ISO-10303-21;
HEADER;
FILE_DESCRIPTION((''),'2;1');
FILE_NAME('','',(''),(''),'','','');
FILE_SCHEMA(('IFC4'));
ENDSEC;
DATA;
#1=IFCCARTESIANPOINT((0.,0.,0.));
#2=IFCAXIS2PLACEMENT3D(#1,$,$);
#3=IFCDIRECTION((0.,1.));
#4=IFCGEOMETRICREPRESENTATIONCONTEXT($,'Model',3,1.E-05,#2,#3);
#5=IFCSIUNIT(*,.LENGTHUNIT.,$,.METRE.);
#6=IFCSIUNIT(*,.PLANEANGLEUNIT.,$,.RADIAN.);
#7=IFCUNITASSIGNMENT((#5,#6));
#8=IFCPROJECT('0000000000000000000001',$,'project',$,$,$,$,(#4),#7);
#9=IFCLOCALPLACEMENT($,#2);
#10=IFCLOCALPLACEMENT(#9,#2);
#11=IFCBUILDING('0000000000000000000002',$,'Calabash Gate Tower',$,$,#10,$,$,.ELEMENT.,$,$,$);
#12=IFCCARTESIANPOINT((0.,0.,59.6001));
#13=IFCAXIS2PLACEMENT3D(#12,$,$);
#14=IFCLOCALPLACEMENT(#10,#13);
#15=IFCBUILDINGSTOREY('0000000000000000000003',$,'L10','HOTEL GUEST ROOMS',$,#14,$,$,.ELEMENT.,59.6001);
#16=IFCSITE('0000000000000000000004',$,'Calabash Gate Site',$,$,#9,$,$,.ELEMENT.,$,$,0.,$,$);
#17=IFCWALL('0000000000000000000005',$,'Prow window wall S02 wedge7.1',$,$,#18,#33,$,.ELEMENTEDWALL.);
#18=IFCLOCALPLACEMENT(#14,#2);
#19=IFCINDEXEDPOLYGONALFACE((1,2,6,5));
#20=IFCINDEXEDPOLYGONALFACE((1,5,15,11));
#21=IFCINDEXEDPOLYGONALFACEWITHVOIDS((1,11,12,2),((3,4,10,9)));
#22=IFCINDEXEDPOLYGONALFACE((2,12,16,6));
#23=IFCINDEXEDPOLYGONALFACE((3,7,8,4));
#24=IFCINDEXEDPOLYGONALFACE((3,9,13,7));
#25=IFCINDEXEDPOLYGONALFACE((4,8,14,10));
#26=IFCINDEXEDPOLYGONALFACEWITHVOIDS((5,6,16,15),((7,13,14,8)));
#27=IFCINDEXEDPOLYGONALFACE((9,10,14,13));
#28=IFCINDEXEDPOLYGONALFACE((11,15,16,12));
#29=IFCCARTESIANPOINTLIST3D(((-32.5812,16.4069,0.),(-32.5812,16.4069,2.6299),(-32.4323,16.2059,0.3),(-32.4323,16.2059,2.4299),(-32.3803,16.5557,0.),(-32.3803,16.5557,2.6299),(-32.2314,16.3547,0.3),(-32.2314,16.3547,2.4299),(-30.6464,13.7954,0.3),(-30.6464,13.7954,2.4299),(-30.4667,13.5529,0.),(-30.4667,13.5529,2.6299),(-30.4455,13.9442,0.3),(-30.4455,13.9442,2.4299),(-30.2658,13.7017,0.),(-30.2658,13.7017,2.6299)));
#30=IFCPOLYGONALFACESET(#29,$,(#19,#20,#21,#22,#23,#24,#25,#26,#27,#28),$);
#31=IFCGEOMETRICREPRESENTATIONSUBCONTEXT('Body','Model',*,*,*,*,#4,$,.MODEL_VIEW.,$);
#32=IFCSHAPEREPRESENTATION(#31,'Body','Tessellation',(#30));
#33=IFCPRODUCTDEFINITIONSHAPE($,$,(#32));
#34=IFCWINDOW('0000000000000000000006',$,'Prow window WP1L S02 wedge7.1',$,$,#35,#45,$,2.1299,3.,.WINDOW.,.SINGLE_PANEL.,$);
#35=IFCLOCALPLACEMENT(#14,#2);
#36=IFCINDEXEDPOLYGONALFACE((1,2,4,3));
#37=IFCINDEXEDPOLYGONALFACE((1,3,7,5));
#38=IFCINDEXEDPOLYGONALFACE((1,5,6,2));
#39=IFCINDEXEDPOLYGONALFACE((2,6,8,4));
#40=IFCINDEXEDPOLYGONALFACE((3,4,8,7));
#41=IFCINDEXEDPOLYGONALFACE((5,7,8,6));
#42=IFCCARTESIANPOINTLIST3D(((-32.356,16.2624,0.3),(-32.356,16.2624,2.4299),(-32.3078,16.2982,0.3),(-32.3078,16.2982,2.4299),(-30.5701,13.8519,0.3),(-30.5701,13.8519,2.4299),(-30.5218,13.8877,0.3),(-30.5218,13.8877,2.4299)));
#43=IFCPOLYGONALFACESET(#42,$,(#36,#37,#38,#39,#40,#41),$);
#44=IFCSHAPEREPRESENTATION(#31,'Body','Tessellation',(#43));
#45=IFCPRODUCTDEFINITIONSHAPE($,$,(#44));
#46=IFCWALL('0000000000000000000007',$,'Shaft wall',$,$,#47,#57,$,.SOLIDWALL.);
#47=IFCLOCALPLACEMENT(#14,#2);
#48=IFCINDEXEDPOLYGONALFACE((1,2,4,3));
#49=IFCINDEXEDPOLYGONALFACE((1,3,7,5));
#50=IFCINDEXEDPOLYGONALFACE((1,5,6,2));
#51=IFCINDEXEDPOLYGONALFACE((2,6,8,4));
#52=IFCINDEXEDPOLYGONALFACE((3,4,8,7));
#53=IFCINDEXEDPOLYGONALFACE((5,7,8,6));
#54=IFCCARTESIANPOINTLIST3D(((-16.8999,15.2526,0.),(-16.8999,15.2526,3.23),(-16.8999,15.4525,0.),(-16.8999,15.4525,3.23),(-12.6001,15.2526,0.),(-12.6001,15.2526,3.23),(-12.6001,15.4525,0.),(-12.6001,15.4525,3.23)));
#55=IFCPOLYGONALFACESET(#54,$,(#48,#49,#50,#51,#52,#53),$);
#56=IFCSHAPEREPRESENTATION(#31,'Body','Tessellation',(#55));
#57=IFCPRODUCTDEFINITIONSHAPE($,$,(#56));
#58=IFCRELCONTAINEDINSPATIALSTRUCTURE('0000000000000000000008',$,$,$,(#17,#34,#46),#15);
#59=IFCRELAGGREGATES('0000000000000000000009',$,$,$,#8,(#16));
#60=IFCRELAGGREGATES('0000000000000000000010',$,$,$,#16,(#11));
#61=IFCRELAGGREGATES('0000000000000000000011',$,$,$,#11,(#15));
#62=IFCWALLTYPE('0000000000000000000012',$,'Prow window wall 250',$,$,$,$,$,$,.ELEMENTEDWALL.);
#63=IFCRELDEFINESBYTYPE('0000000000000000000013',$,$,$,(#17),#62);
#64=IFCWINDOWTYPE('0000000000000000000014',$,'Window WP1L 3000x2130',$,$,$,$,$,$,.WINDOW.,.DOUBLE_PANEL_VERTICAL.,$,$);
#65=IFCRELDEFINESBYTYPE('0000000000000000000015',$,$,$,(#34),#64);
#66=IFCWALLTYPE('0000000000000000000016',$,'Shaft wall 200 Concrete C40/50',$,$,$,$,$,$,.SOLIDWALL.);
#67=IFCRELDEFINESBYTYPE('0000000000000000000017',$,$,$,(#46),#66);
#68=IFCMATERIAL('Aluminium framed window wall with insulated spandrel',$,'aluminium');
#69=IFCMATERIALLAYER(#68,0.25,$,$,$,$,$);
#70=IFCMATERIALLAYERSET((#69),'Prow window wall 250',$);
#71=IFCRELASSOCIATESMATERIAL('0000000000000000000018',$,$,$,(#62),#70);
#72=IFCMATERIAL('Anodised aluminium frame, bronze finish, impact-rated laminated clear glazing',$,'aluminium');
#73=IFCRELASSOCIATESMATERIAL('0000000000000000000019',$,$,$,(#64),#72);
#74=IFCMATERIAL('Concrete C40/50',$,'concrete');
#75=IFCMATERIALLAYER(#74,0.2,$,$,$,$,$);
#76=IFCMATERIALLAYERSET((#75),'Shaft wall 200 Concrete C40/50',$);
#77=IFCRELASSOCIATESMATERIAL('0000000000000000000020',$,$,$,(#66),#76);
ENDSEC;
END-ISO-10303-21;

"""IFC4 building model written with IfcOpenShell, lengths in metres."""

from ifc_helpers import new_model, si_unit, direction, frame, frame_2d, origin, place, context, subcontext, project, spatial, rectangle, extrude, material, layer, layer_set, type_object, element, fill, save


model = new_model("IFC4")

# Units and contexts
model_context = context("Model", 3, precision=1e-05, world=origin(), true_north=direction((0.0, 1.0)))
body_context = subcontext(model_context, "Body", "Model", "MODEL_VIEW")
ifc_project = project(units=[si_unit("LENGTHUNIT", "METRE"), si_unit("PLANEANGLEUNIT", "RADIAN")], contexts=[model_context])

# Site, building, storey
site_placement = place(None, origin())
site = spatial("IfcSite", under=ifc_project, at=site_placement, Name="Calabash Gate Site", CompositionType="ELEMENT", RefElevation=0.0)
building_placement = place(site_placement, origin())
building = spatial("IfcBuilding", under=site, at=building_placement, Name="Calabash Gate Tower", CompositionType="ELEMENT")
storey_placement = place(building_placement, frame((0.0, 0.0, 59.6001)))
storey = spatial("IfcBuildingStorey", under=building, at=storey_placement, Name="L10", Description="HOTEL GUEST ROOMS", CompositionType="ELEMENT", Elevation=59.6001)

# Wall, opening, window
ifc_material_1 = material(Name="Aluminium framed window wall with insulated spandrel", Category="aluminium")
ifc_layer_1 = layer(ifc_material_1, 0.25)
ifc_layer_set_1 = layer_set([ifc_layer_1], Name="Prow window wall 250")
wall_type_1 = type_object("IfcWallType", Name="Prow window wall 250", PredefinedType="ELEMENTEDWALL", material=ifc_layer_set_1)
ifc_material_2 = material(Name="Anodised aluminium frame, bronze finish, impact-rated laminated clear glazing", Category="aluminium")
window_type = type_object("IfcWindowType", Name="Window WP1L 3000x2130", PartitioningType="DOUBLE_PANEL_VERTICAL", PredefinedType="WINDOW", material=ifc_material_2)
wall_1_placement = place(storey_placement, frame((-32.4807, 16.4812, 0.0), z_axis=(0.0, 0.0, 1.0), x_axis=(0.595305, -0.8035, 0.0)))
wall_1 = element("IfcWall", 1, at=wall_1_placement, inside=storey, type_object=wall_type_1, Name="Prow window wall S02 wedge7.1", PredefinedType="ELEMENTEDWALL", context=body_context, shape_type="SweptSolid", body=[
    extrude(rectangle(XDim=3.552, YDim=0.25, at=frame_2d((1.7759, 0.0))), origin(), (0.0, 0.0, 1.0), 2.6299),
])
opening_1_placement = place(wall_1_placement, frame((0.25, 0.0, 0.3)))
opening_1 = element("IfcOpeningElement", 2, at=opening_1_placement, cuts=wall_1, PredefinedType="OPENING", context=body_context, shape_type="SweptSolid", body=[
    extrude(rectangle(XDim=3.0, YDim=2.1299, at=frame_2d((1.5, 1.0649))), frame((0.0, 0.135, 0.0), z_axis=(0.0, -1.0, 0.0), x_axis=(1.0, 0.0, 0.0)), (0.0, 0.0, 1.0), 0.27),
])
window_1_placement = place(opening_1_placement, origin())
window_1 = element("IfcWindow", 3, at=window_1_placement, inside=storey, type_object=window_type, Name="Prow window WP1L S02 wedge7.1", OverallHeight=2.1299, OverallWidth=3.0, PartitioningType="SINGLE_PANEL", PredefinedType="WINDOW", context=body_context, shape_type="SweptSolid", body=[
    extrude(rectangle(XDim=3.0, YDim=2.1299, at=frame_2d((1.5, 1.0649))), frame((0.0, 0.03, 0.0), z_axis=(0.0, -1.0, 0.0), x_axis=(1.0, 0.0, 0.0)), (0.0, 0.0, 1.0), 0.0601),
])
fill(opening_1, window_1)

# Wall
ifc_material_3 = material(Name="Concrete C40/50", Category="concrete")
ifc_layer_2 = layer(ifc_material_3, 0.2)
ifc_layer_set_2 = layer_set([ifc_layer_2], Name="Shaft wall 200 Concrete C40/50")
wall_type_2 = type_object("IfcWallType", Name="Shaft wall 200 Concrete C40/50", PredefinedType="SOLIDWALL", material=ifc_layer_set_2)
wall_2_placement = place(storey_placement, frame((-16.8999, 15.3525, 0.0), z_axis=(0.0, 0.0, 1.0), x_axis=(1.0, 0.0, 0.0)))
element("IfcWall", 4, at=wall_2_placement, inside=storey, type_object=wall_type_2, Name="Shaft wall", PredefinedType="SOLIDWALL", context=body_context, shape_type="SweptSolid", body=[
    extrude(rectangle(XDim=4.2998, YDim=0.2, at=frame_2d((2.1499, 0.0))), origin(), (0.0, 0.0, 1.0), 3.23),
])

save(model, "model.ifc")
